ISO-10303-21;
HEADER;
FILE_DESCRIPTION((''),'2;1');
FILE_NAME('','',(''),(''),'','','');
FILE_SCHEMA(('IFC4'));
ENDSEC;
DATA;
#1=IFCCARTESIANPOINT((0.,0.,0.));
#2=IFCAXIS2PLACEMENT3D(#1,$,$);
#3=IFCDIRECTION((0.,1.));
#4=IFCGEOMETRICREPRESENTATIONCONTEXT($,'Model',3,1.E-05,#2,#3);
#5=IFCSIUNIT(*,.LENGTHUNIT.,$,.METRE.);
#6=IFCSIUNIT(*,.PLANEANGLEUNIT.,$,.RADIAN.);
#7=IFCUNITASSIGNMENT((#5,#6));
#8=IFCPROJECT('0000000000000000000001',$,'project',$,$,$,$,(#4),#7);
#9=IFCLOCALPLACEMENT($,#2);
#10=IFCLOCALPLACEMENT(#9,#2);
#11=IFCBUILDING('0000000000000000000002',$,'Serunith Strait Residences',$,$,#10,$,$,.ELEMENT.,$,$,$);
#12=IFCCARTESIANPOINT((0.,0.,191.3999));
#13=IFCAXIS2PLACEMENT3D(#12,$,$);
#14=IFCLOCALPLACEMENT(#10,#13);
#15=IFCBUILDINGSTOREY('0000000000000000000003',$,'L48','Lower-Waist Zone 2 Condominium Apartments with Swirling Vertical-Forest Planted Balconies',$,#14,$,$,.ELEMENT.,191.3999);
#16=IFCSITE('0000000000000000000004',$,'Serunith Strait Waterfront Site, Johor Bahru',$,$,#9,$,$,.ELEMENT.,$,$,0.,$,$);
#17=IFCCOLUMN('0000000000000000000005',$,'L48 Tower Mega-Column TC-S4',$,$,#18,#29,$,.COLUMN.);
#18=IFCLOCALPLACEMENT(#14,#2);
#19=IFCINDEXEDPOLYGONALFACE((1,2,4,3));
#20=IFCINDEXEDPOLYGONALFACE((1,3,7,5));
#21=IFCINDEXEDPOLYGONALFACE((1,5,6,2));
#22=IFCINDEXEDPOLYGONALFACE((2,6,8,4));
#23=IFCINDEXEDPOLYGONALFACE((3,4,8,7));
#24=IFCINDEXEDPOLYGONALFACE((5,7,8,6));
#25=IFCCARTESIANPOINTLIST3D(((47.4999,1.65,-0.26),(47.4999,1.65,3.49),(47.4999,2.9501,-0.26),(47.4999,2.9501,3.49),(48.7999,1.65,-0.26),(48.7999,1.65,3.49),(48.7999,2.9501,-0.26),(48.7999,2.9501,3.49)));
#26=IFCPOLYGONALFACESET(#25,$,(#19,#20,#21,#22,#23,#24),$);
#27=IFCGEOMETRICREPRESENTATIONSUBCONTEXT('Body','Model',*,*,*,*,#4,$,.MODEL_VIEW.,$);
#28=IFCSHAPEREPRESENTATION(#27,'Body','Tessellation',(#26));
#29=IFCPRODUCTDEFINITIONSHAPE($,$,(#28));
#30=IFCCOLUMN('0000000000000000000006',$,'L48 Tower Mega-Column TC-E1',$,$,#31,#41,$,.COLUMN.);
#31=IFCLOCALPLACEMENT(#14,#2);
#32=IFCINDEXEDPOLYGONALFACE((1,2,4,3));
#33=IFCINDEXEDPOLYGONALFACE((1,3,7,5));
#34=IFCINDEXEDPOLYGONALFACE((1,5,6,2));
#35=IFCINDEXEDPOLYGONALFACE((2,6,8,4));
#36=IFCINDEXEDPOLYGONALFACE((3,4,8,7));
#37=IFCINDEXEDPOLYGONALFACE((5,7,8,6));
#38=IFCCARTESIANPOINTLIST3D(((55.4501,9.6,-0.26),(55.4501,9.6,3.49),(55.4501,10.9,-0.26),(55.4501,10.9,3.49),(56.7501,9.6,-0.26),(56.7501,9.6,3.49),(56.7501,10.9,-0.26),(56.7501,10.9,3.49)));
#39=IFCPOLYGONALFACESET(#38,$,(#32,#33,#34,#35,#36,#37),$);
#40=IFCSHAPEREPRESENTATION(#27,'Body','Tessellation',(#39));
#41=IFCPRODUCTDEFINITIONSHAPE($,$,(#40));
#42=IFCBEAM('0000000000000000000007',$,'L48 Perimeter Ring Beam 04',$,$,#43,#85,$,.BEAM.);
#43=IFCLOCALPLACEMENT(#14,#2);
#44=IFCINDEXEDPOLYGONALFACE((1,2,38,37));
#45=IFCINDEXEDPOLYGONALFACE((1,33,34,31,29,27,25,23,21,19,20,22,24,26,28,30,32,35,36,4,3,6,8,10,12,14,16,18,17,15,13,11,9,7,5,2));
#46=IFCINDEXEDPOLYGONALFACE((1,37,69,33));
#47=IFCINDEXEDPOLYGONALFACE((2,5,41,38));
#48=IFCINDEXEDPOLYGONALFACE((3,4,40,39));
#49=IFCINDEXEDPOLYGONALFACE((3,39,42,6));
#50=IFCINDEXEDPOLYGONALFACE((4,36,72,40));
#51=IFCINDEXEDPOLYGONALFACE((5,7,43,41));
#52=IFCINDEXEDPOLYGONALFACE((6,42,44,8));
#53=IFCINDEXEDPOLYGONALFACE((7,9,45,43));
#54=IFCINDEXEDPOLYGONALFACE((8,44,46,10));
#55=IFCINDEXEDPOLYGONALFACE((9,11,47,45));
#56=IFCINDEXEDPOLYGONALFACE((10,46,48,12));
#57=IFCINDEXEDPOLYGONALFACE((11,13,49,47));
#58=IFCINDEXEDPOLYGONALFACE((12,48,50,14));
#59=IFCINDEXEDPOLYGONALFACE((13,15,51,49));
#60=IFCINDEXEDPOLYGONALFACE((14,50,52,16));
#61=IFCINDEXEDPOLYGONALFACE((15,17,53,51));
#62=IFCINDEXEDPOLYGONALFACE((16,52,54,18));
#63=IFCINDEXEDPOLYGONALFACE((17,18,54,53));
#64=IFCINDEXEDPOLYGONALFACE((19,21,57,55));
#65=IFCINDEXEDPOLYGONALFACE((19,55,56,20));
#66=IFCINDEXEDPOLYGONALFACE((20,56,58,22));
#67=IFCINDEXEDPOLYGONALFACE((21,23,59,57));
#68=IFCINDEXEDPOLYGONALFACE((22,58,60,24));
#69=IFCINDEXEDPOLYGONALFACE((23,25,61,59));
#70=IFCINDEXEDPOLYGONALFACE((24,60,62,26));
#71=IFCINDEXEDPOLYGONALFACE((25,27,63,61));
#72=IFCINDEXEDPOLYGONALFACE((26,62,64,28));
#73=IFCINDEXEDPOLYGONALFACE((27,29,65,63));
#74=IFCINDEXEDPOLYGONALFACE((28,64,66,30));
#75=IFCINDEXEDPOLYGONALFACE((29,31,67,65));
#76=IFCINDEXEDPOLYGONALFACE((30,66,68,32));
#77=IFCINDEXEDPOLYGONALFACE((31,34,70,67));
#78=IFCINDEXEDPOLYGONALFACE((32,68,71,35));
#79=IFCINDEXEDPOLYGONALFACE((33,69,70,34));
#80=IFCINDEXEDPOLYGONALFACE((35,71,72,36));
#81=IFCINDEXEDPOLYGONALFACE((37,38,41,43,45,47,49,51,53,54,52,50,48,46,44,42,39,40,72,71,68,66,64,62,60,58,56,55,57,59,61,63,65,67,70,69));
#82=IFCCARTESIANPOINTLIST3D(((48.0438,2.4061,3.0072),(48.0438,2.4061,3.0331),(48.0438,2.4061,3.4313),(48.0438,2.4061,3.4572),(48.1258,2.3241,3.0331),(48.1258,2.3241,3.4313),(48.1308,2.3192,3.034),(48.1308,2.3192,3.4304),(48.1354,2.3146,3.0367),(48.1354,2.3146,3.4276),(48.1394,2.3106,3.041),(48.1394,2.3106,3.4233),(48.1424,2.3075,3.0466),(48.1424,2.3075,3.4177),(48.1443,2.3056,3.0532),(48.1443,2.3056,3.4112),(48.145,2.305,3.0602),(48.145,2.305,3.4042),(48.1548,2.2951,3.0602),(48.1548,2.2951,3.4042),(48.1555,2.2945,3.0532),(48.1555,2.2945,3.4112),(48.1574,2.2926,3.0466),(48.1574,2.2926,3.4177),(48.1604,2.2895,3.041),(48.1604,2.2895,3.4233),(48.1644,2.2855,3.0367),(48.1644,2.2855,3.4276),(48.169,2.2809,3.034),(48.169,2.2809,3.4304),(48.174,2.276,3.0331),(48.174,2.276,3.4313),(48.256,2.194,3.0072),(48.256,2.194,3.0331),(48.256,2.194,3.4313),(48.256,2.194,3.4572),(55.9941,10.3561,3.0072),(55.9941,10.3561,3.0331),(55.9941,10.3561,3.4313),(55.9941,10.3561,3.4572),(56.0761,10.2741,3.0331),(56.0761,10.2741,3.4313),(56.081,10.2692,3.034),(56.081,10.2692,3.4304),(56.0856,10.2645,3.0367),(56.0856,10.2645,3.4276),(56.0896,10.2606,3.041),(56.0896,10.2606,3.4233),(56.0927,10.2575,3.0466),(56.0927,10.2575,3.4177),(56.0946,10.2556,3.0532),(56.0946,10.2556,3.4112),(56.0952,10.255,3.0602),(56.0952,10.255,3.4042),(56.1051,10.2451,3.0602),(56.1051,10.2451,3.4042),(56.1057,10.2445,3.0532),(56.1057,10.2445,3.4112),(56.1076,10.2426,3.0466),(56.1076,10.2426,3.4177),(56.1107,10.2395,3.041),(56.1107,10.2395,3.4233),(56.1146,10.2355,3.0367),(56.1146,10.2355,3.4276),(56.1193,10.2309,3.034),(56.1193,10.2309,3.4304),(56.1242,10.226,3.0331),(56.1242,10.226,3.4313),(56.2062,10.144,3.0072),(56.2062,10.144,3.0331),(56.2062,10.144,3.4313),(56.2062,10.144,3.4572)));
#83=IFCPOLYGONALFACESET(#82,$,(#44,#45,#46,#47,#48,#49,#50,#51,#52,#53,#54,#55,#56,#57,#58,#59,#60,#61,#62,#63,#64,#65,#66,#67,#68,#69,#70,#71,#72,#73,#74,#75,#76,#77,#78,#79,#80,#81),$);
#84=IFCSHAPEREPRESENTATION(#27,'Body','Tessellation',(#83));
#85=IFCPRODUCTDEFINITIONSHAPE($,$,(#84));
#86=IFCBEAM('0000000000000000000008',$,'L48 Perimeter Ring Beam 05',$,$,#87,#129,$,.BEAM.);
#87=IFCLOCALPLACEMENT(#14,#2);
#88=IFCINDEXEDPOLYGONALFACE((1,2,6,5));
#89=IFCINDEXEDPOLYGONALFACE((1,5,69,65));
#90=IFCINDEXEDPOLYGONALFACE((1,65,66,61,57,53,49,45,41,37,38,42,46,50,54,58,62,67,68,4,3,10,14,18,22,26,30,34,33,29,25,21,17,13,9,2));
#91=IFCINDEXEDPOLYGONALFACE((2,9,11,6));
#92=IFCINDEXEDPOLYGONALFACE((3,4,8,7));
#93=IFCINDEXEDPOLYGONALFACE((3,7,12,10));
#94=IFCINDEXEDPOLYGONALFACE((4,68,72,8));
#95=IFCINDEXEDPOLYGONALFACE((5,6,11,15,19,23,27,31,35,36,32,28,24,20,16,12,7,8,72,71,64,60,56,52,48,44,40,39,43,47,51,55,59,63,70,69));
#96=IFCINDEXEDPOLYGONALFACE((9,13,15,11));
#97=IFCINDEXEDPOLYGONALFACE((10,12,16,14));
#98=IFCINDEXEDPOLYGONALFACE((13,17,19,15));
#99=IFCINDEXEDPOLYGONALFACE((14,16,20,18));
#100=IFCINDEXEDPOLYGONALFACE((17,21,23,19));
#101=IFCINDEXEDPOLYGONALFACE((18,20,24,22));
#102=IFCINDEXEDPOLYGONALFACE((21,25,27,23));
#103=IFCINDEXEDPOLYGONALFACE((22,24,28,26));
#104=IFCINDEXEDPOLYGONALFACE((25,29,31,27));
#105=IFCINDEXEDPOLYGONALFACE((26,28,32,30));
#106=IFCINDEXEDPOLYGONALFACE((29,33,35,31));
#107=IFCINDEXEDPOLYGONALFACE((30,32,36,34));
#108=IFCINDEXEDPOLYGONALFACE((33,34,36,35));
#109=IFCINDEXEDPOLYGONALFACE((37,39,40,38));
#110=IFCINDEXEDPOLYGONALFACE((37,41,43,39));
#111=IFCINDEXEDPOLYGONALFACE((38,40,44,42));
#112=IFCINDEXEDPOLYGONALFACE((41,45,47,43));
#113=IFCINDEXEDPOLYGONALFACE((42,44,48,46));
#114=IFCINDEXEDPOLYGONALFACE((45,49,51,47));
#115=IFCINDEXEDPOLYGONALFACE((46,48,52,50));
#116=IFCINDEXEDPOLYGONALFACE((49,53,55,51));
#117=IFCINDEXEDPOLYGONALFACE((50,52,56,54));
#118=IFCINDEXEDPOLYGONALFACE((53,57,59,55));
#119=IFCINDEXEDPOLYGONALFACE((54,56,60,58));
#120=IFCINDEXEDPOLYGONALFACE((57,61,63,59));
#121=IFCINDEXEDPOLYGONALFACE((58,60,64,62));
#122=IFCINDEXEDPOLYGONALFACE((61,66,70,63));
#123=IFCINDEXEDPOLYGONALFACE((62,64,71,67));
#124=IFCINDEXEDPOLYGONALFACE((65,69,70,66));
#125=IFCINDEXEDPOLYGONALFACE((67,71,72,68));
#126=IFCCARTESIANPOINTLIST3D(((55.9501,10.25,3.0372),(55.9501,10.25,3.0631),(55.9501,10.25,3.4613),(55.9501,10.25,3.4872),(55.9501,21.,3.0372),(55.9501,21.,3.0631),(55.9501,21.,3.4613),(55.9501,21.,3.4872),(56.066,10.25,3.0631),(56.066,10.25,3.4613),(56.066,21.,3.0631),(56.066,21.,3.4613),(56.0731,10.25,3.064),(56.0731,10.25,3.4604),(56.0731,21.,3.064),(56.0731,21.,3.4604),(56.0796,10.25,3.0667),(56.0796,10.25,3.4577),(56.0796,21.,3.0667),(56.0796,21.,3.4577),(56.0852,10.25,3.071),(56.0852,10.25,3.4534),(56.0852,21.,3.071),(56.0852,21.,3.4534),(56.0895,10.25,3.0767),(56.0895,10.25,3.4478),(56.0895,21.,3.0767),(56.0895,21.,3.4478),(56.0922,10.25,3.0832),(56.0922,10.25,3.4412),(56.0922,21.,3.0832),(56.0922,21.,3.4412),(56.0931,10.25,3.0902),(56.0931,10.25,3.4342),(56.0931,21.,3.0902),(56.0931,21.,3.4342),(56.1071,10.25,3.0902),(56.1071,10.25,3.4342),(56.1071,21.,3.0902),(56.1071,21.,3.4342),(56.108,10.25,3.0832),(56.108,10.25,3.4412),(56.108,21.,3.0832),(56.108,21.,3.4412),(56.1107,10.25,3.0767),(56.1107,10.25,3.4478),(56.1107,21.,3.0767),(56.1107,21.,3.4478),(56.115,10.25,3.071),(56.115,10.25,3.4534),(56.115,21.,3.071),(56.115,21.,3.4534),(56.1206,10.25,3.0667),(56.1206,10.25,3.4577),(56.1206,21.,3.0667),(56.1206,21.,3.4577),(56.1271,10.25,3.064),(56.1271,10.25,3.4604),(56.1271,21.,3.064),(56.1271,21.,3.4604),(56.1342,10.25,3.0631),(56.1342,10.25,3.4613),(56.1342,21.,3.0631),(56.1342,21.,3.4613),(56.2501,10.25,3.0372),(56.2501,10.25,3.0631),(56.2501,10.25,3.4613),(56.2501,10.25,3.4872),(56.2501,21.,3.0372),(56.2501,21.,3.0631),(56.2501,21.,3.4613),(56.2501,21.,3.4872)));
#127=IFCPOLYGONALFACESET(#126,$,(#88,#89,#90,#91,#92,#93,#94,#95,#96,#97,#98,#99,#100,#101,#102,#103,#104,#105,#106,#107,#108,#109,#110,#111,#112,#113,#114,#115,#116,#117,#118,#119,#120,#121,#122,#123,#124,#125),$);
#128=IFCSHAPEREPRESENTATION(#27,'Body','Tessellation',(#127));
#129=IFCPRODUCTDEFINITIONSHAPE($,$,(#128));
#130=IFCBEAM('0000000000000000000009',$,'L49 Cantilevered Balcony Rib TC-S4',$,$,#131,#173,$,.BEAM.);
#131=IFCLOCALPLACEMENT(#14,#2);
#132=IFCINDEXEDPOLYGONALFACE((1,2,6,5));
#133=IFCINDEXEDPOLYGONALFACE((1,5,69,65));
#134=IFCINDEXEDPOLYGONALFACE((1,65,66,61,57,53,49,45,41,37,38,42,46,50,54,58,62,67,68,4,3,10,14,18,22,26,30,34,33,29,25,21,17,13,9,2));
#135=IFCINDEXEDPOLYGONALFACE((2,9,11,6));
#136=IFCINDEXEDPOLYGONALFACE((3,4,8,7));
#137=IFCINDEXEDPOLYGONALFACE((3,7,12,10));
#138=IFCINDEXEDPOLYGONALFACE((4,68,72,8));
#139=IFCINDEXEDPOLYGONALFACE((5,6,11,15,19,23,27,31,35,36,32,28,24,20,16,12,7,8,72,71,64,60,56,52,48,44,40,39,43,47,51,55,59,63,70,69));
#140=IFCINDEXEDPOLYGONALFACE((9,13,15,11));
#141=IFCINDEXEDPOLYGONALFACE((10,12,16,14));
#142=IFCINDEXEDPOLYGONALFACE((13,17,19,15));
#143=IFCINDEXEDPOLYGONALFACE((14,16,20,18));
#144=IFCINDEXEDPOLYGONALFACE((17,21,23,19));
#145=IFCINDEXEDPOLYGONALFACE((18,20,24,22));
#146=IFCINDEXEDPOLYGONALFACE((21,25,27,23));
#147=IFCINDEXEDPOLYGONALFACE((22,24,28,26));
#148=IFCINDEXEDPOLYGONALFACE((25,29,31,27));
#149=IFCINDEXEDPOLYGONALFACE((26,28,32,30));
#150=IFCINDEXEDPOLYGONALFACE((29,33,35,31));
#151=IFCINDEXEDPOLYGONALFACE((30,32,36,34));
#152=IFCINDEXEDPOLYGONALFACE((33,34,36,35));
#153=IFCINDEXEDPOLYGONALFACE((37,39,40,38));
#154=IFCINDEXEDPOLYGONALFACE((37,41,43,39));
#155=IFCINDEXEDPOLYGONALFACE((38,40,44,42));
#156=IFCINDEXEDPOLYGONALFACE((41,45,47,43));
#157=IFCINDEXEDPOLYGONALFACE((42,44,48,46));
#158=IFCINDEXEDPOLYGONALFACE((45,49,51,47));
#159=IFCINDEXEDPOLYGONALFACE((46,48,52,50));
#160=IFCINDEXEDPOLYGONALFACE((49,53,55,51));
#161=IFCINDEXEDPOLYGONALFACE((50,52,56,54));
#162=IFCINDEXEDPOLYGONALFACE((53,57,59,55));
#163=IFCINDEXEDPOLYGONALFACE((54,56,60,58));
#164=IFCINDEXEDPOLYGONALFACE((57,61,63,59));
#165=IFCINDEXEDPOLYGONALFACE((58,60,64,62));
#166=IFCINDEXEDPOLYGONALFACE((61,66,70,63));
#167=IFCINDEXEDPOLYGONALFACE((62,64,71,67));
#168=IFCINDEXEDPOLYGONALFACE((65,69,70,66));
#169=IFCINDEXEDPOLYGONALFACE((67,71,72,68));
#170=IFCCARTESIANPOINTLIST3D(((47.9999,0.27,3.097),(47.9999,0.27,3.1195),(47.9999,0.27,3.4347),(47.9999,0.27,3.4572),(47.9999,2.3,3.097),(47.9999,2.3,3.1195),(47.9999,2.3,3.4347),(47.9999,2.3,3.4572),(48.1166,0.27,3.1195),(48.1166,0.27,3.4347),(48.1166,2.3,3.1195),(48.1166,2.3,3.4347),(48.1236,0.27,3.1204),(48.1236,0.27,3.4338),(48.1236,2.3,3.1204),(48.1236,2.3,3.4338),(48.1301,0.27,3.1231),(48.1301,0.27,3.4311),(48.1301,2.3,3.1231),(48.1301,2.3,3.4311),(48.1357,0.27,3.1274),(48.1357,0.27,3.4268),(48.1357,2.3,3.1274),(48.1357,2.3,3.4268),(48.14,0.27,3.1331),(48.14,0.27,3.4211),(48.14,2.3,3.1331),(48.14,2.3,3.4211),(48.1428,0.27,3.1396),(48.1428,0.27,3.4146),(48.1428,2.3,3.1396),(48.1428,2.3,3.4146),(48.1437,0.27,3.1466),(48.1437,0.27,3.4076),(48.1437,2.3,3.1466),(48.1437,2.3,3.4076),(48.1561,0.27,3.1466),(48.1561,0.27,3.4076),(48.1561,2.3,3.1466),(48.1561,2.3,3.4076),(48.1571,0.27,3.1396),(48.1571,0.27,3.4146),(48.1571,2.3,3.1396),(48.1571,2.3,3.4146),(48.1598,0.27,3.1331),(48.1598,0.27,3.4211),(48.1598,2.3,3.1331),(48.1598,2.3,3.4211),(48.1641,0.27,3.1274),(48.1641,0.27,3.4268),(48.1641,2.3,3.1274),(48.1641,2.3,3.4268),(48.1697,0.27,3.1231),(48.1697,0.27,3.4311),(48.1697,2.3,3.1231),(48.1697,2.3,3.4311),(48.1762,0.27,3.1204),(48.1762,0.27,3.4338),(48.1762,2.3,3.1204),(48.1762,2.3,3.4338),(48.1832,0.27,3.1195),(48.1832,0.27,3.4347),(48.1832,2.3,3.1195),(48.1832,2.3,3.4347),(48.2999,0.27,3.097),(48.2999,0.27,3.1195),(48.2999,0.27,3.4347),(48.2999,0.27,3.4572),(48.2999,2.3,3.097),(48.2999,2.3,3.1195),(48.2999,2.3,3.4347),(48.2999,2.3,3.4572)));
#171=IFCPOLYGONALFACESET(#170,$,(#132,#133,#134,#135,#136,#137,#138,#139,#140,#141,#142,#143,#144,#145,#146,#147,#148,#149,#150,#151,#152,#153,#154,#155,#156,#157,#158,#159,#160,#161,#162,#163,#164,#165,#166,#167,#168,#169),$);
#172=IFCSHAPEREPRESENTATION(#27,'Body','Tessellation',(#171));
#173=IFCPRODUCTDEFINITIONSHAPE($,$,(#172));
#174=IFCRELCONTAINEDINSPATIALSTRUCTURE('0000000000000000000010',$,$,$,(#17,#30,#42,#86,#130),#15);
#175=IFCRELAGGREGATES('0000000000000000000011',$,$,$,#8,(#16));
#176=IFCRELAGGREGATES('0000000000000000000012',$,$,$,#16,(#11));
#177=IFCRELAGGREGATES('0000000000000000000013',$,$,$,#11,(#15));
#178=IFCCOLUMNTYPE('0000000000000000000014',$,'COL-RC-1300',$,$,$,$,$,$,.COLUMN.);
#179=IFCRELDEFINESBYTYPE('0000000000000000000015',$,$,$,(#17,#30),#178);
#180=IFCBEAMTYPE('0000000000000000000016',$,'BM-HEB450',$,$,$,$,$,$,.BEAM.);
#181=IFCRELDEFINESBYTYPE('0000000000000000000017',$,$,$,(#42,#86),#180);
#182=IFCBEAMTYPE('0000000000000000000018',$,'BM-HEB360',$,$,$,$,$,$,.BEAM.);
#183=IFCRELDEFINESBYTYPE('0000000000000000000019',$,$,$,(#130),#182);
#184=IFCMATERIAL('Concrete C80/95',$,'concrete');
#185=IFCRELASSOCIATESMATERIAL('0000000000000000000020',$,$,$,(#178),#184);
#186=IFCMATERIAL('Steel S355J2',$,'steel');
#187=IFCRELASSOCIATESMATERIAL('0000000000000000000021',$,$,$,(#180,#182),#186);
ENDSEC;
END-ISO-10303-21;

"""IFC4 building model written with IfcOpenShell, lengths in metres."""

from ifc_helpers import new_model, si_unit, direction, frame, origin, origin_2d, place, context, subcontext, project, spatial, rectangle, i_section, extrude, source, transform, mapped, material, material_profile, profile_set, type_object, element, save


model = new_model("IFC4")

# Units and contexts
model_context = context("Model", 3, precision=1e-05, world=origin(), true_north=direction((0.0, 1.0)))
body_context = subcontext(model_context, "Body", "Model", "MODEL_VIEW")
ifc_project = project(units=[si_unit("LENGTHUNIT", "METRE"), si_unit("PLANEANGLEUNIT", "RADIAN")], contexts=[model_context])

# Site, building, storey
site_placement = place(None, origin())
site = spatial("IfcSite", under=ifc_project, at=site_placement, Name="Serunith Strait Waterfront Site, Johor Bahru", CompositionType="ELEMENT", RefElevation=0.0)
building_placement = place(site_placement, origin())
building = spatial("IfcBuilding", under=site, at=building_placement, Name="Serunith Strait Residences", CompositionType="ELEMENT")
storey_placement = place(building_placement, frame((0.0, 0.0, 191.3999)))
storey = spatial("IfcBuildingStorey", under=building, at=storey_placement, Name="L48", Description="Lower-Waist Zone 2 Condominium Apartments with Swirling Vertical-Forest Planted Balconies", CompositionType="ELEMENT", Elevation=191.3999)

# Columns
ifc_material_1 = material(Name="Concrete C80/95", Category="concrete")
ifc_material_profile_1 = material_profile(ifc_material_1, rectangle(XDim=1.3, YDim=1.3, at=origin_2d()), Name="RC 1300x1300")
ifc_profile_set_1 = profile_set([ifc_material_profile_1], Name="Concrete C80/95")
column_type = type_object("IfcColumnType", Name="COL-RC-1300", PredefinedType="COLUMN", material=ifc_profile_set_1)
shared_shape_1 = source(origin(), body_context, "Body", "SweptSolid", [
    extrude(rectangle(XDim=1.3, YDim=1.3, at=origin_2d()), origin(), (0.0, 0.0, 1.0), 3.75),
])
for number, where, z_axis, x_axis, name in (
    (1, (48.1499, 2.3, -0.26), (0.0, 0.0, 1.0), (1.0, 0.0, 0.0), "L48 Tower Mega-Column TC-S4"),
    (2, (56.1001, 10.25, -0.26), (0.0, 0.0, 1.0), (1.0, 0.0, 0.0), "L48 Tower Mega-Column TC-E1"),
):
    element("IfcColumn", number, at=place(storey_placement, frame(where, z_axis=z_axis, x_axis=x_axis)), inside=storey, type_object=column_type, Name=name, PredefinedType="COLUMN", context=body_context, shape_type="MappedRepresentation", body=[
        mapped(shared_shape_1, transform((0.0, 0.0, 0.0), scale=1.0)),
    ])

# Beams
ifc_material_2 = material(Name="Steel S355J2", Category="steel")
ifc_material_profile_2 = material_profile(ifc_material_2, i_section(OverallWidth=0.3, OverallDepth=0.45, WebThickness=0.0139, FlangeThickness=0.0259, FilletRadius=0.0271, at=origin_2d()), Name="HEB 450")
ifc_profile_set_2 = profile_set([ifc_material_profile_2], Name="Steel S355J2")
beam_type_1 = type_object("IfcBeamType", Name="BM-HEB450", PredefinedType="BEAM", material=ifc_profile_set_2)
shared_shape_2 = source(origin(), body_context, "Body", "SweptSolid", [
    extrude(i_section(OverallWidth=0.3, OverallDepth=0.45, WebThickness=0.0139, FlangeThickness=0.0259, FilletRadius=0.0271, at=origin_2d()), origin(), (0.0, 0.0, 1.0), 11.2432),
])
beam_1_placement = place(storey_placement, frame((48.1499, 2.3, 3.2322), z_axis=(0.707118, 0.707096, 0.0), x_axis=(-0.707096, 0.707118, 0.0)))
element("IfcBeam", 3, at=beam_1_placement, inside=storey, type_object=beam_type_1, Name="L48 Perimeter Ring Beam 04", PredefinedType="BEAM", context=body_context, shape_type="MappedRepresentation", body=[
    mapped(shared_shape_2, transform((0.0, 0.0, 0.0), scale=1.0)),
])
shared_shape_3 = source(origin(), body_context, "Body", "SweptSolid", [
    extrude(i_section(OverallWidth=0.3, OverallDepth=0.45, WebThickness=0.0139, FlangeThickness=0.0259, FilletRadius=0.0271, at=origin_2d()), origin(), (0.0, 0.0, 1.0), 10.75),
])
beam_2_placement = place(storey_placement, frame((56.1001, 10.25, 3.2622), z_axis=(0.0, 1.0, 0.0), x_axis=(-1.0, 0.0, 0.0)))
element("IfcBeam", 4, at=beam_2_placement, inside=storey, type_object=beam_type_1, Name="L48 Perimeter Ring Beam 05", PredefinedType="BEAM", context=body_context, shape_type="MappedRepresentation", body=[
    mapped(shared_shape_3, transform((0.0, 0.0, 0.0), scale=1.0)),
])
ifc_material_profile_3 = material_profile(ifc_material_2, i_section(OverallWidth=0.3, OverallDepth=0.3601, WebThickness=0.0125, FlangeThickness=0.0225, FilletRadius=0.0271, at=origin_2d()), Name="HEB 360")
ifc_profile_set_3 = profile_set([ifc_material_profile_3], Name="Steel S355J2")
beam_type_2 = type_object("IfcBeamType", Name="BM-HEB360", PredefinedType="BEAM", material=ifc_profile_set_3)
shared_shape_4 = source(origin(), body_context, "Body", "SweptSolid", [
    extrude(i_section(OverallWidth=0.3, OverallDepth=0.3601, WebThickness=0.0125, FlangeThickness=0.0225, FilletRadius=0.0271, at=origin_2d()), origin(), (0.0, 0.0, 1.0), 2.03),
])
beam_3_placement = place(storey_placement, frame((48.1499, 2.3, 3.2771), z_axis=(0.0, -1.0, 0.0), x_axis=(1.0, 0.0, 0.0)))
element("IfcBeam", 5, at=beam_3_placement, inside=storey, type_object=beam_type_2, Name="L49 Cantilevered Balcony Rib TC-S4", PredefinedType="BEAM", context=body_context, shape_type="MappedRepresentation", body=[
    mapped(shared_shape_4, transform((0.0, 0.0, 0.0), scale=1.0)),
])

save(model, "model.ifc")
